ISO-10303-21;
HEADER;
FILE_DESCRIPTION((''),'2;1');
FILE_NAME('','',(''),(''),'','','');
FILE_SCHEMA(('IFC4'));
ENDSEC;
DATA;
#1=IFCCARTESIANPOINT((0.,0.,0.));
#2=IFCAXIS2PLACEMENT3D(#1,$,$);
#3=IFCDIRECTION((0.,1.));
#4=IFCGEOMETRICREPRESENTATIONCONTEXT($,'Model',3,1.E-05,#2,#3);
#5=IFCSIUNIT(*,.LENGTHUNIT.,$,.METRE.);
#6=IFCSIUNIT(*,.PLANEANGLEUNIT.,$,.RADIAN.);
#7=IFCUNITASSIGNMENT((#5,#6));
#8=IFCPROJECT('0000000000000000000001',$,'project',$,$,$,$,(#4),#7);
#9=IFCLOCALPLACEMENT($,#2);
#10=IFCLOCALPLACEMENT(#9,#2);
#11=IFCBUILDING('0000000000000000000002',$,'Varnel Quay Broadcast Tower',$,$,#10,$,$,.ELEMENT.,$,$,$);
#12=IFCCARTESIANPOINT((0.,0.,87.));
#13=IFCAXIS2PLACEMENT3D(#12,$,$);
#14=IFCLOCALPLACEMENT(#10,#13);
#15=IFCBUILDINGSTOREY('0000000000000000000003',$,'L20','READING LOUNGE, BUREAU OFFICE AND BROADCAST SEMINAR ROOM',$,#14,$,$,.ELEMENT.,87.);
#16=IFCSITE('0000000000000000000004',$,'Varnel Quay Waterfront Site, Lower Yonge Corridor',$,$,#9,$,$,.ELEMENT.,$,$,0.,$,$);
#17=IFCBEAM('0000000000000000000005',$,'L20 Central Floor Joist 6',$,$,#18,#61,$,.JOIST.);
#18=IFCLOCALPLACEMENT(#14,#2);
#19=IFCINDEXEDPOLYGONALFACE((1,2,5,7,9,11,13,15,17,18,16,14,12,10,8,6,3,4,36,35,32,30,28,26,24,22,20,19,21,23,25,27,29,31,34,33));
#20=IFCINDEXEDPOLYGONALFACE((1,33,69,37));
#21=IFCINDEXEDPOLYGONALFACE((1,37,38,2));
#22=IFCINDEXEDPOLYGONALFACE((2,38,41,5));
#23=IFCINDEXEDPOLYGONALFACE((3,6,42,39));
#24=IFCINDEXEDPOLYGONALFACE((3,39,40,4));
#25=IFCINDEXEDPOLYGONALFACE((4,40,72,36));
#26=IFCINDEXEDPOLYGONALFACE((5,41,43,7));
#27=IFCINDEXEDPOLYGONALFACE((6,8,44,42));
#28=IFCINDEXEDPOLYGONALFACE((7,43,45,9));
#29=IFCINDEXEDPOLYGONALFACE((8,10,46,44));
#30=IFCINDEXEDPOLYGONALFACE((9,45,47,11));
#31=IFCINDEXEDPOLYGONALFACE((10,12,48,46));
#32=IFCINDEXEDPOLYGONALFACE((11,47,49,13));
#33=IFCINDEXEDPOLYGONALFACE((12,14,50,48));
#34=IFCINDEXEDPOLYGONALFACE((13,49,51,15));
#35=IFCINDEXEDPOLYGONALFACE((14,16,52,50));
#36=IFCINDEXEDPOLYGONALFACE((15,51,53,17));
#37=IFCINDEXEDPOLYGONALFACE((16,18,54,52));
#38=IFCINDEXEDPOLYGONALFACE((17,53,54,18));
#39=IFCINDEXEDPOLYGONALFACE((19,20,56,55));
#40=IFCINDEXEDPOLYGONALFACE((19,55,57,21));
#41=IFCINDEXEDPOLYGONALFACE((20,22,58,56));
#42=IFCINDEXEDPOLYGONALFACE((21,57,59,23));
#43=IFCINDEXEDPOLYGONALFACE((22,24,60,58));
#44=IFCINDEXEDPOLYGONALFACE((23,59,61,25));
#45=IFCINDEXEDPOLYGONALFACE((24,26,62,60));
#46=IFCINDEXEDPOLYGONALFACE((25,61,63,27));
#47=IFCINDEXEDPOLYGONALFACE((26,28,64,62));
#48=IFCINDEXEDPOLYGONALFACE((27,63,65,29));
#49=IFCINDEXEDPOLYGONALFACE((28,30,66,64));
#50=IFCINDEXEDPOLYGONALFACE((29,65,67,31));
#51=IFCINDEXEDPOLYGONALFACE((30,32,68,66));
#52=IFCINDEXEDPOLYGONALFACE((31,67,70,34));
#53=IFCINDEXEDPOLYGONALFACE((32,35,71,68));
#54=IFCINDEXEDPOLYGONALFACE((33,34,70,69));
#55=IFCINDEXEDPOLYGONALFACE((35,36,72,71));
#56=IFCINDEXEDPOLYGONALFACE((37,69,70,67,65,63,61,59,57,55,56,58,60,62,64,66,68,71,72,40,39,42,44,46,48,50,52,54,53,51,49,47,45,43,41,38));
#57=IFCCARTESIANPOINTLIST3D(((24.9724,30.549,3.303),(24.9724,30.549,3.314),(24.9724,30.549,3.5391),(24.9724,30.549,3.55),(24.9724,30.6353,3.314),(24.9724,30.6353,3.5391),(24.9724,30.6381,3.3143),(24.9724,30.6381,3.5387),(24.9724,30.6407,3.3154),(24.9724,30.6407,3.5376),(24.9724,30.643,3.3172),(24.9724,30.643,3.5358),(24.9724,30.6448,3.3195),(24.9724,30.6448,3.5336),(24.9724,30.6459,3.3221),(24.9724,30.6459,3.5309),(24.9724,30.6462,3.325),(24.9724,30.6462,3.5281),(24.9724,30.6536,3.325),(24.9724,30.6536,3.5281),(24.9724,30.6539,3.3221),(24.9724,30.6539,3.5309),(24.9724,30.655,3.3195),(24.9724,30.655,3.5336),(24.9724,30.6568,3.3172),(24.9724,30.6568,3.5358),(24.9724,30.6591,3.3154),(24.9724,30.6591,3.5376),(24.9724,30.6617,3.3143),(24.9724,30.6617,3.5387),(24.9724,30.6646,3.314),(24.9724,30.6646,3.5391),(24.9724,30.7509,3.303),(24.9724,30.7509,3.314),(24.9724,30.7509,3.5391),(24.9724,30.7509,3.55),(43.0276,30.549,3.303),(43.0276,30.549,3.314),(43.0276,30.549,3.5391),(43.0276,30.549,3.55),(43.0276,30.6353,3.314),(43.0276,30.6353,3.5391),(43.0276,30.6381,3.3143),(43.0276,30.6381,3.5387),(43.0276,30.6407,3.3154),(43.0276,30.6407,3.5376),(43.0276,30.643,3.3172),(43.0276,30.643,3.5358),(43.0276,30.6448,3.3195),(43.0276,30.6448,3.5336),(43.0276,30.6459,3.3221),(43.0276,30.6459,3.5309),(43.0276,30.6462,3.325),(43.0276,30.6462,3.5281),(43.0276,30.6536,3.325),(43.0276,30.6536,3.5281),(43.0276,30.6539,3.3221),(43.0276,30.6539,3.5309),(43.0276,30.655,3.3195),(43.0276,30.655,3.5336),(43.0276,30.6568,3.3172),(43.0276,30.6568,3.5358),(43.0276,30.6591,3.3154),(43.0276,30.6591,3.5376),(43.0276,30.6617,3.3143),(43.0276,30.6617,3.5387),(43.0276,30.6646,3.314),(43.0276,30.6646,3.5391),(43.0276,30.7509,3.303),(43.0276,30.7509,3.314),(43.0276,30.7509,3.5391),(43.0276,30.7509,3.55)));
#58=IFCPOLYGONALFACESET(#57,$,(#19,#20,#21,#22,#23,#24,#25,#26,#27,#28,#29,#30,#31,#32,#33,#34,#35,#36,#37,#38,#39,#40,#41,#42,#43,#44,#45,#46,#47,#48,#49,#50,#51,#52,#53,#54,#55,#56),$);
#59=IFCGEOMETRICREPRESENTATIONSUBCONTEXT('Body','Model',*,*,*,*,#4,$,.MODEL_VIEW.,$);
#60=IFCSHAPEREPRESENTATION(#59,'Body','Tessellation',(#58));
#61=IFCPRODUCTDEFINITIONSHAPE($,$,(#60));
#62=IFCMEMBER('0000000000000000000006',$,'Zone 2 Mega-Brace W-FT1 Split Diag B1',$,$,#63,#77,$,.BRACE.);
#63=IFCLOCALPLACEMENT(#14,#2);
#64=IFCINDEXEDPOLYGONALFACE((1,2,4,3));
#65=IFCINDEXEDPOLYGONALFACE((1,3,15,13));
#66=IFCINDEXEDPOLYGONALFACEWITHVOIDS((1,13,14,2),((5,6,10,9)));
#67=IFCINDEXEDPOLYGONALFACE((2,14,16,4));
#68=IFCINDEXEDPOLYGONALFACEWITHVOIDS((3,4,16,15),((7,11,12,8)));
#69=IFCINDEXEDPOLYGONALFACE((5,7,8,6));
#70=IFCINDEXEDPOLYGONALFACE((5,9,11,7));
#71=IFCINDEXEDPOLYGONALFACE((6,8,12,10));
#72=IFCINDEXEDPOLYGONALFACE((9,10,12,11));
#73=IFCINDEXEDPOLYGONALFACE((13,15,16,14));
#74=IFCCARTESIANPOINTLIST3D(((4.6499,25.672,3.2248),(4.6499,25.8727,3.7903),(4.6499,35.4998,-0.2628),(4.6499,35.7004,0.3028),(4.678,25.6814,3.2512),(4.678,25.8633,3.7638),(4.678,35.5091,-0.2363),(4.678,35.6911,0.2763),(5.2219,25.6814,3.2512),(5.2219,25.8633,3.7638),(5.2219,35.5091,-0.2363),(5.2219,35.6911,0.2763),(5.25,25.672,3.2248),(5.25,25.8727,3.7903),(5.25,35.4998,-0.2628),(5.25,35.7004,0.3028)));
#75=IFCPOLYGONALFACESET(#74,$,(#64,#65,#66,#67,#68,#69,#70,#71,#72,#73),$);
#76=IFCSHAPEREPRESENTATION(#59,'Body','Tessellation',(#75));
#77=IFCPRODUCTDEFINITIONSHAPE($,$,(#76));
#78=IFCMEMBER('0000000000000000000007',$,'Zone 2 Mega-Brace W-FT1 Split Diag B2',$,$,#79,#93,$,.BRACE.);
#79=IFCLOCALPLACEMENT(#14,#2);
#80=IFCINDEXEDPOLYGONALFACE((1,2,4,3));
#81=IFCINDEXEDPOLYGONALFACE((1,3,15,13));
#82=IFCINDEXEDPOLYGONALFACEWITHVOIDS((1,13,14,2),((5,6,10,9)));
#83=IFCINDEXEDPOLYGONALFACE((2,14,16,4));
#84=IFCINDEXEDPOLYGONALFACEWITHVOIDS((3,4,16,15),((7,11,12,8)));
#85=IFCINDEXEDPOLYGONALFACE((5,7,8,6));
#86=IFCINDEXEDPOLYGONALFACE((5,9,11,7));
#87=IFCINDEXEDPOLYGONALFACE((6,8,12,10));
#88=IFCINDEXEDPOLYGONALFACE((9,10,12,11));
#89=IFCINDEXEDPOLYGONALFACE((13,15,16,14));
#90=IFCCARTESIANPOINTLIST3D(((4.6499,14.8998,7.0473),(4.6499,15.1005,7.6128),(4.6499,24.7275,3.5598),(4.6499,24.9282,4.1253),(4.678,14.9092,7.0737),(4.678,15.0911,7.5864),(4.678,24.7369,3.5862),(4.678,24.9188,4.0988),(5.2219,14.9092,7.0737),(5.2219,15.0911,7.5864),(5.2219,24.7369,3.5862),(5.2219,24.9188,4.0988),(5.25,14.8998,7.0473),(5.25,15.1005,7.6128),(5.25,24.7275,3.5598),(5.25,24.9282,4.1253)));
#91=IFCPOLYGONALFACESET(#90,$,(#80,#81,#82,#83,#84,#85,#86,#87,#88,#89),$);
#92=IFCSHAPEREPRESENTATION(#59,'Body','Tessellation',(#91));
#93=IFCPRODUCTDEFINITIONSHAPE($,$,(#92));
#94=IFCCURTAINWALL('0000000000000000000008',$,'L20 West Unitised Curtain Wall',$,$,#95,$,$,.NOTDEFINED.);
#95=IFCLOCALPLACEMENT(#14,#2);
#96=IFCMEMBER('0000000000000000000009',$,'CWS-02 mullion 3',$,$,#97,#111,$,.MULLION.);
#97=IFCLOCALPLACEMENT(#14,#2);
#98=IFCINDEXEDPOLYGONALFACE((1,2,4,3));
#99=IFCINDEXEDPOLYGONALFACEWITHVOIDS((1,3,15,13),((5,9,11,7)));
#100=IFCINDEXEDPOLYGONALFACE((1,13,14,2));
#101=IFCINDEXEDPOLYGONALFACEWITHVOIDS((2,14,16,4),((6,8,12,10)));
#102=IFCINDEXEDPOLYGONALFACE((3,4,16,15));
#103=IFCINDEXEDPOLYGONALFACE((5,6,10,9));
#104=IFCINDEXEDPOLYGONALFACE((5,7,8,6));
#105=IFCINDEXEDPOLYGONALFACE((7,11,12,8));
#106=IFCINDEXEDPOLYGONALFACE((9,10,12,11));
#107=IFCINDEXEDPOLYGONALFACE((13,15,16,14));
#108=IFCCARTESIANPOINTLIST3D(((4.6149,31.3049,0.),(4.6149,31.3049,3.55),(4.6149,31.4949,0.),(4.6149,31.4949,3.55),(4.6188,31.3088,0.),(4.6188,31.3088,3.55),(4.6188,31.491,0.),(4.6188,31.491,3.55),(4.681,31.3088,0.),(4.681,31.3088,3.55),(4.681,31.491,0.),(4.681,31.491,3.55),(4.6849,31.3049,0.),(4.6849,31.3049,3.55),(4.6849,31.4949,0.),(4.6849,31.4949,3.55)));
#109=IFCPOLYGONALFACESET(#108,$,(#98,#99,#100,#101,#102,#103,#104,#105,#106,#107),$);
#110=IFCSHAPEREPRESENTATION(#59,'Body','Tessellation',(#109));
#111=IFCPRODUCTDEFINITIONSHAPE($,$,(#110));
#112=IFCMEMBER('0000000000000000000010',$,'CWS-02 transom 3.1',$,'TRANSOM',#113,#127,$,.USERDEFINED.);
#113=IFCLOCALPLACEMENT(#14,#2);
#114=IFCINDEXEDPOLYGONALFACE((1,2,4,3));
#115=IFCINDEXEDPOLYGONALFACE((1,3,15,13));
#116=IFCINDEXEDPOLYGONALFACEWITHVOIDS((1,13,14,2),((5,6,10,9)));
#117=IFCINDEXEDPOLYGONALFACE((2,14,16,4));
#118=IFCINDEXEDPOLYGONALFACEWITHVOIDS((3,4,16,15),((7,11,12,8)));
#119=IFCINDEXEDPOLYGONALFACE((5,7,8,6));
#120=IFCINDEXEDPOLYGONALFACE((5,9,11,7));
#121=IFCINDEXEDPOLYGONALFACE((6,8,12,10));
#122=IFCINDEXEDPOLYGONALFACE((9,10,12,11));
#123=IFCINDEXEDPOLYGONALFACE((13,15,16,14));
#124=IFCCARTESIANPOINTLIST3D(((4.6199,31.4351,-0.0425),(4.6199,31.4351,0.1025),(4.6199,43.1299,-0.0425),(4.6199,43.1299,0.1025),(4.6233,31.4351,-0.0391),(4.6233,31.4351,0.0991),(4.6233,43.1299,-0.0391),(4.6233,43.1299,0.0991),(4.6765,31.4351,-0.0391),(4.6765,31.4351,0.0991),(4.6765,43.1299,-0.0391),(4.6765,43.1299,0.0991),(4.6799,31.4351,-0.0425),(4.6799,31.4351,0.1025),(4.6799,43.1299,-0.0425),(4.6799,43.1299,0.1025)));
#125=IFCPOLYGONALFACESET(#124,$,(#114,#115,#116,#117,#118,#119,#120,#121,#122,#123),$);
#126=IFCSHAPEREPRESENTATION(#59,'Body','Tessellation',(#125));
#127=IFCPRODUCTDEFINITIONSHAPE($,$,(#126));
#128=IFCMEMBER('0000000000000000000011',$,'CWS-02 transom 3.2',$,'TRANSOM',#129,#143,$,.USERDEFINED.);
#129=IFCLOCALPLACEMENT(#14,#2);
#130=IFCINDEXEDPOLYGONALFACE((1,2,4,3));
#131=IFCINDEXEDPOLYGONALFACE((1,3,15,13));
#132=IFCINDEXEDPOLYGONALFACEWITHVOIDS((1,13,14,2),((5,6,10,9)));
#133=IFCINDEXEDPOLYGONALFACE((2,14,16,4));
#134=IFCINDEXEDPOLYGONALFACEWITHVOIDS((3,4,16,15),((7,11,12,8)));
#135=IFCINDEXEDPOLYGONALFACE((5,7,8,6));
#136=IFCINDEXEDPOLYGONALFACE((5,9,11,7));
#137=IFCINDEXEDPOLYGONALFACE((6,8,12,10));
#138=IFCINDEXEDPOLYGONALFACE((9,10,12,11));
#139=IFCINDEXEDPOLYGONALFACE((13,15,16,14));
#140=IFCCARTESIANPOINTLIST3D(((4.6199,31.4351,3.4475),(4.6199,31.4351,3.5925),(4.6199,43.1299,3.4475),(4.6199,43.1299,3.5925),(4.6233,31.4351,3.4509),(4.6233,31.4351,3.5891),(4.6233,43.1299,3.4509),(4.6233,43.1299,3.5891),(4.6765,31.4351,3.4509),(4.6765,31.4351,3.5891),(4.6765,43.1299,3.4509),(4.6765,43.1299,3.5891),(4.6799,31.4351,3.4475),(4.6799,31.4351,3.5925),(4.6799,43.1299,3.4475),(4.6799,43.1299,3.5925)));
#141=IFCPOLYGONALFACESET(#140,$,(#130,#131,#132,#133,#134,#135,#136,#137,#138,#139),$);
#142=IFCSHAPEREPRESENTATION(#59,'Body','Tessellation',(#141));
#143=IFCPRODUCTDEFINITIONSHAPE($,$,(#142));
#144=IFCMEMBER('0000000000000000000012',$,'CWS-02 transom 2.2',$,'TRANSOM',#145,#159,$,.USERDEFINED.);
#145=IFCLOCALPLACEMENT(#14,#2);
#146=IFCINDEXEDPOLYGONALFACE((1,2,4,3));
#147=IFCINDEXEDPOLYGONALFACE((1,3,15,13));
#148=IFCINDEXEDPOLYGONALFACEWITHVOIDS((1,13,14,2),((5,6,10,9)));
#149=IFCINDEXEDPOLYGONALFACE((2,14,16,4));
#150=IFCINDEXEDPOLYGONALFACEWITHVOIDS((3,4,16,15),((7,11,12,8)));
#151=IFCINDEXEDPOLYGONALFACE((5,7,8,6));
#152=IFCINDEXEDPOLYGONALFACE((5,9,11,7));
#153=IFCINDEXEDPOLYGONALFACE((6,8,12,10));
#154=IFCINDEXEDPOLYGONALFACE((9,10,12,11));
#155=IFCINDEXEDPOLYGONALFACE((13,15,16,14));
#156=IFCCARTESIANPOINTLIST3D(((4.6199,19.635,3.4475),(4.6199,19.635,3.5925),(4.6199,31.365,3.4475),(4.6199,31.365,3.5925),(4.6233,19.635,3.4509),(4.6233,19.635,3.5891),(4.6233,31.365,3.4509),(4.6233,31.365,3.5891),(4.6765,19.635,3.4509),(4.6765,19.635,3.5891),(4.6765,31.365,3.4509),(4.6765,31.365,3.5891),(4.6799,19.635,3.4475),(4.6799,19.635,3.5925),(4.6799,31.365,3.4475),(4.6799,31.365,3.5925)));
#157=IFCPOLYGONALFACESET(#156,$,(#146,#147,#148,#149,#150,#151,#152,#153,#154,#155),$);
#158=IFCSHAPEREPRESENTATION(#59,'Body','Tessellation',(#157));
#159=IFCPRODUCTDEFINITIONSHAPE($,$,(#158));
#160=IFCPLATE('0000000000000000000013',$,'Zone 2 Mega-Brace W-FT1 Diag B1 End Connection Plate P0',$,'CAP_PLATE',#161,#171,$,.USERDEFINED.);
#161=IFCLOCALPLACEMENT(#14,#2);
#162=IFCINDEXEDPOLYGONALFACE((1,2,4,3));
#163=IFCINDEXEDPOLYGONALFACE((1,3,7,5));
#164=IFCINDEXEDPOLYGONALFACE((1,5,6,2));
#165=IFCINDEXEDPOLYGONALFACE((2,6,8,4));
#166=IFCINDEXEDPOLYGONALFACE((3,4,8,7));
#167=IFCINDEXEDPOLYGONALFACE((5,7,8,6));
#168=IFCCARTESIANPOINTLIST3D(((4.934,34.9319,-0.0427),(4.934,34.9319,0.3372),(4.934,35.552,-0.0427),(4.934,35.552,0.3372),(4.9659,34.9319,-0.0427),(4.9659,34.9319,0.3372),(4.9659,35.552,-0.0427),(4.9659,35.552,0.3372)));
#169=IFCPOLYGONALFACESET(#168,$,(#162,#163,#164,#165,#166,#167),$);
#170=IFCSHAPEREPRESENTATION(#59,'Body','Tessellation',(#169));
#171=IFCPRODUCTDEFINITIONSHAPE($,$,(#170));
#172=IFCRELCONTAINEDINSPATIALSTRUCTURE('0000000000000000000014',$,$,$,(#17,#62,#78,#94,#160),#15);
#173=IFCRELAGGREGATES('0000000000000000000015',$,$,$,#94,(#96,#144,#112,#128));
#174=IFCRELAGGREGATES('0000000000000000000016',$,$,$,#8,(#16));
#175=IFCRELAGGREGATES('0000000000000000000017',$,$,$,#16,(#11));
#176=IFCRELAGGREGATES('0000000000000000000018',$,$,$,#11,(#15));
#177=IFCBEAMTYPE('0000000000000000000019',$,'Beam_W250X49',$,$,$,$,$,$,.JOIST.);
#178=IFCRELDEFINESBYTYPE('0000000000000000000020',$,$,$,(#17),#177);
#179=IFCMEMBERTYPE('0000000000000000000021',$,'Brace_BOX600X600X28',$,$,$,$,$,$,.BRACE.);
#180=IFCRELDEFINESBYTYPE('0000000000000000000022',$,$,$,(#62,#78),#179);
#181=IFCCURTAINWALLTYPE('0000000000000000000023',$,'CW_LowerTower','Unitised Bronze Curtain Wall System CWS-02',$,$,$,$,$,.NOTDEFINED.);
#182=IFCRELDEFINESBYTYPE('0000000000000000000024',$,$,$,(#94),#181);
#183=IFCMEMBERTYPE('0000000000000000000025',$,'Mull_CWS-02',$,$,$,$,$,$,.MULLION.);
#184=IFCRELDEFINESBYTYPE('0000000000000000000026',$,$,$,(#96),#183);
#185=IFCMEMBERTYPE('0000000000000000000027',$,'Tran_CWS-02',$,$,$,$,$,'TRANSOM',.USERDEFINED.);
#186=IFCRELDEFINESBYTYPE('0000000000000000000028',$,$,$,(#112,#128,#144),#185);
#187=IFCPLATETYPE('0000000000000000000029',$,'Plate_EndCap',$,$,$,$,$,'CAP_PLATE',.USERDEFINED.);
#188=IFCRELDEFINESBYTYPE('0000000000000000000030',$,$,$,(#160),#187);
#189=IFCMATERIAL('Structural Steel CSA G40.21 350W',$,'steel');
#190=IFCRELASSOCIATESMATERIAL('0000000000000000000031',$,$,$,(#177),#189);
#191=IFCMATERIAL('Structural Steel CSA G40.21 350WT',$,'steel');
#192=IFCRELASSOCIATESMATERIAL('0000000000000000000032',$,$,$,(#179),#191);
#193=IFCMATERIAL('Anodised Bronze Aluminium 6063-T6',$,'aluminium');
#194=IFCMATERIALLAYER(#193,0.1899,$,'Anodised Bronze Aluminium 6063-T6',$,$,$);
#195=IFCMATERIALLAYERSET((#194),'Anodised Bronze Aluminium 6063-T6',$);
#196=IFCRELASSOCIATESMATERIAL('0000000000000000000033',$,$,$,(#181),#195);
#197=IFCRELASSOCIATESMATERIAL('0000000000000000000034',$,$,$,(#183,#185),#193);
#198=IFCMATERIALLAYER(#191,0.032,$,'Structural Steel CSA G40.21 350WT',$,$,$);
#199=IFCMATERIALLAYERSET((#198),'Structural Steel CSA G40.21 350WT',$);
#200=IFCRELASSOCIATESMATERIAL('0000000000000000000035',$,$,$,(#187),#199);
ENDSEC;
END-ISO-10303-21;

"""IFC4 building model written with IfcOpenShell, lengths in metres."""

from ifc_helpers import new_model, si_unit, direction, frame, origin, origin_2d, place, context, subcontext, project, spatial, rectangle, hollow_rectangle, i_section, extrude, source, transform, mapped, material, layer, layer_set, material_profile, profile_set, type_object, type_shapes, element, aggregate, save


model = new_model("IFC4")

# Units and contexts
model_context = context("Model", 3, precision=1e-05, world=origin(), true_north=direction((0.0, 1.0)))
body_context = subcontext(model_context, "Body", "Model", "MODEL_VIEW")
ifc_project = project(units=[si_unit("LENGTHUNIT", "METRE"), si_unit("PLANEANGLEUNIT", "RADIAN")], contexts=[model_context])

# Site, building, storey
site_placement = place(None, origin())
site = spatial("IfcSite", under=ifc_project, at=site_placement, Name="Varnel Quay Waterfront Site, Lower Yonge Corridor", CompositionType="ELEMENT", RefElevation=0.0)
building_placement = place(site_placement, origin())
building = spatial("IfcBuilding", under=site, at=building_placement, Name="Varnel Quay Broadcast Tower", CompositionType="ELEMENT")
storey_placement = place(building_placement, frame((0.0, 0.0, 87.0)))
storey = spatial("IfcBuildingStorey", under=building, at=storey_placement, Name="L20", Description="READING LOUNGE, BUREAU OFFICE AND BROADCAST SEMINAR ROOM", CompositionType="ELEMENT", Elevation=87.0)

# Shared definitions
ifc_material_1 = material(Name="Structural Steel CSA G40.21 350WT", Category="steel")
ifc_material_2 = material(Name="Structural Steel CSA G40.21 350W", Category="steel")

# Beam
ifc_material_profile_1 = material_profile(ifc_material_2, i_section(OverallWidth=0.2019, OverallDepth=0.2471, WebThickness=0.0073, FlangeThickness=0.011, FilletRadius=0.011, at=origin_2d()), Name="W250X49")
ifc_profile_set_1 = profile_set([ifc_material_profile_1], Name="Structural Steel CSA G40.21 350W")
beam_type_1 = type_object("IfcBeamType", Name="Beam_W250X49", PredefinedType="JOIST", material=ifc_profile_set_1)
shared_shape_1 = source(origin(), body_context, "Body", "SweptSolid", [
    extrude(i_section(OverallWidth=0.2019, OverallDepth=0.2471, WebThickness=0.0073, FlangeThickness=0.011, FilletRadius=0.011, at=origin_2d()), origin(), (0.0, 0.0, 1.0), 18.0552),
])
for number, where, z_axis, x_axis, name in (
    (1, (24.9724, 30.6499, 3.4265), (1.0, 0.0, 0.0), (0.0, 1.0, 0.0), "L20 Central Floor Joist 6"),
):
    element("IfcBeam", number, at=place(storey_placement, frame(where, z_axis=z_axis, x_axis=x_axis)), inside=storey, type_object=beam_type_1, Name=name, PredefinedType="JOIST", context=body_context, shape_type="MappedRepresentation", body=[
        mapped(shared_shape_1, transform((0.0, 0.0, 0.0), x_axis=(1.0, 0.0, 0.0), y_axis=(0.0, 1.0, 0.0), z_axis=(0.0, 0.0, 1.0), scale=1.0)),
    ])

# Members
ifc_material_profile_2 = material_profile(ifc_material_1, hollow_rectangle(XDim=0.6001, YDim=0.6001, WallThickness=0.0281, at=origin_2d()), Name="BOX600X600X28")
ifc_profile_set_2 = profile_set([ifc_material_profile_2], Name="Structural Steel CSA G40.21 350WT")
member_type_1 = type_object("IfcMemberType", Name="Brace_BOX600X600X28", PredefinedType="BRACE", material=ifc_profile_set_2)
shared_shape_2 = source(origin(), body_context, "Body", "SweptSolid", [
    extrude(hollow_rectangle(XDim=0.6001, YDim=0.6001, WallThickness=0.0281, at=origin_2d()), origin(), (0.0, 0.0, 1.0), 10.4282),
])
type_shapes(member_type_1, [shared_shape_2])
for number, where, z_axis, x_axis, name in (
    (2, (4.95, 35.6001, 0.02), (0.0, -0.942421, 0.33443), (1.0, 0.0, 0.0), "Zone 2 Mega-Brace W-FT1 Split Diag B1"),
    (3, (4.95, 24.8279, 3.8425), (0.0, -0.942421, 0.33443), (1.0, 0.0, 0.0), "Zone 2 Mega-Brace W-FT1 Split Diag B2"),
):
    element("IfcMember", number, at=place(storey_placement, frame(where, z_axis=z_axis, x_axis=x_axis)), inside=storey, type_object=member_type_1, Name=name, PredefinedType="BRACE", context=body_context, shape_type="MappedRepresentation", body=[
        mapped(shared_shape_2, transform((0.0, 0.0, 0.0), x_axis=(1.0, 0.0, 0.0), y_axis=(0.0, 1.0, 0.0), z_axis=(0.0, 0.0, 1.0), scale=1.0)),
    ])

# Curtain wall, members
ifc_material_3 = material(Name="Anodised Bronze Aluminium 6063-T6", Category="aluminium")
ifc_layer_1 = layer(ifc_material_3, 0.1899, Name="Anodised Bronze Aluminium 6063-T6")
ifc_layer_set_1 = layer_set([ifc_layer_1], Name="Anodised Bronze Aluminium 6063-T6")
curtain_wall_type = type_object("IfcCurtainWallType", Name="CW_LowerTower", Description="Unitised Bronze Curtain Wall System CWS-02", PredefinedType="NOTDEFINED", material=ifc_layer_set_1)
curtain_wall_placement = place(storey_placement, origin())
curtain_wall = element("IfcCurtainWall", 4, at=curtain_wall_placement, inside=storey, type_object=curtain_wall_type, Name="L20 West Unitised Curtain Wall", PredefinedType="NOTDEFINED")
ifc_material_profile_3 = material_profile(ifc_material_3, hollow_rectangle(XDim=0.0701, YDim=0.1899, WallThickness=0.0039, at=origin_2d()), Name="ALU70X190X4")
ifc_profile_set_3 = profile_set([ifc_material_profile_3], Name="Anodised Bronze Aluminium 6063-T6")
member_type_2 = type_object("IfcMemberType", Name="Mull_CWS-02", PredefinedType="MULLION", material=ifc_profile_set_3)
shared_shape_3 = source(origin(), body_context, "Body", "SweptSolid", [
    extrude(hollow_rectangle(XDim=0.0701, YDim=0.1899, WallThickness=0.0039, at=origin_2d()), origin(), (0.0, 0.0, 1.0), 3.55),
])
type_shapes(member_type_2, [shared_shape_3])
member_1_placement = place(storey_placement, frame((4.6499, 31.3999, 0.0), z_axis=(0.0, 0.0, 1.0), x_axis=(-1.0, 0.0, 0.0)))
member_1 = element("IfcMember", 5, at=member_1_placement, type_object=member_type_2, Name="CWS-02 mullion 3", PredefinedType="MULLION", context=body_context, shape_type="MappedRepresentation", body=[
    mapped(shared_shape_3, transform((0.0, 0.0, 0.0), x_axis=(1.0, 0.0, 0.0), y_axis=(0.0, 1.0, 0.0), z_axis=(0.0, 0.0, 1.0), scale=1.0)),
])
ifc_material_profile_4 = material_profile(ifc_material_3, hollow_rectangle(XDim=0.0601, YDim=0.145, WallThickness=0.0034, at=origin_2d()), Name="ALU60X145X3.5")
ifc_profile_set_4 = profile_set([ifc_material_profile_4], Name="Anodised Bronze Aluminium 6063-T6")
member_type_3 = type_object("IfcMemberType", Name="Tran_CWS-02", ElementType="TRANSOM", PredefinedType="USERDEFINED", material=ifc_profile_set_4)
shared_shape_4 = source(origin(), body_context, "Body", "SweptSolid", [
    extrude(hollow_rectangle(XDim=0.0601, YDim=0.145, WallThickness=0.0034, at=origin_2d()), origin(), (0.0, 0.0, 1.0), 11.6948),
])
member_2_placement = place(storey_placement, frame((4.6499, 31.4351, 0.03), z_axis=(0.0, 1.0, 0.0), x_axis=(-1.0, 0.0, 0.0)))
member_2 = element("IfcMember", 6, at=member_2_placement, type_object=member_type_3, Name="CWS-02 transom 3.1", ObjectType="TRANSOM", PredefinedType="USERDEFINED", context=body_context, shape_type="MappedRepresentation", body=[
    mapped(shared_shape_4, transform((0.0, 0.0, 0.0), x_axis=(1.0, 0.0, 0.0), y_axis=(0.0, 1.0, 0.0), z_axis=(0.0, 0.0, 1.0), scale=1.0)),
])
member_3_placement = place(storey_placement, frame((4.6499, 31.4351, 3.52), z_axis=(0.0, 1.0, 0.0), x_axis=(-1.0, 0.0, 0.0)))
member_3 = element("IfcMember", 7, at=member_3_placement, type_object=member_type_3, Name="CWS-02 transom 3.2", ObjectType="TRANSOM", PredefinedType="USERDEFINED", context=body_context, shape_type="MappedRepresentation", body=[
    mapped(shared_shape_4, transform((0.0, 0.0, 0.0), x_axis=(1.0, 0.0, 0.0), y_axis=(0.0, 1.0, 0.0), z_axis=(0.0, 0.0, 1.0), scale=1.0)),
])
shared_shape_5 = source(origin(), body_context, "Body", "SweptSolid", [
    extrude(hollow_rectangle(XDim=0.0601, YDim=0.145, WallThickness=0.0034, at=origin_2d()), origin(), (0.0, 0.0, 1.0), 11.73),
])
type_shapes(member_type_3, [shared_shape_4, shared_shape_5])
member_4_placement = place(storey_placement, frame((4.6499, 19.635, 3.52), z_axis=(0.0, 1.0, 0.0), x_axis=(-1.0, 0.0, 0.0)))
member_4 = element("IfcMember", 8, at=member_4_placement, type_object=member_type_3, Name="CWS-02 transom 2.2", ObjectType="TRANSOM", PredefinedType="USERDEFINED", context=body_context, shape_type="MappedRepresentation", body=[
    mapped(shared_shape_5, transform((0.0, 0.0, 0.0), x_axis=(1.0, 0.0, 0.0), y_axis=(0.0, 1.0, 0.0), z_axis=(0.0, 0.0, 1.0), scale=1.0)),
])

# Plate
ifc_layer_2 = layer(ifc_material_1, 0.032, Name="Structural Steel CSA G40.21 350WT")
ifc_layer_set_2 = layer_set([ifc_layer_2], Name="Structural Steel CSA G40.21 350WT")
plate_type_1 = type_object("IfcPlateType", Name="Plate_EndCap", ElementType="CAP_PLATE", PredefinedType="USERDEFINED", material=ifc_layer_set_2)
shared_shape_6 = source(origin(), body_context, "Body", "SweptSolid", [
    extrude(rectangle(XDim=0.6201, YDim=0.032, at=origin_2d()), origin(), (0.0, 0.0, 1.0), 0.3799),
])
type_shapes(plate_type_1, [shared_shape_6])
for number, where, z_axis, x_axis, name in (
    (9, (4.95, 35.2419, -0.0427), (0.0, 0.0, 1.0), (0.0, 1.0, 0.0), "Zone 2 Mega-Brace W-FT1 Diag B1 End Connection Plate P0"),
):
    element("IfcPlate", number, at=place(storey_placement, frame(where, z_axis=z_axis, x_axis=x_axis)), inside=storey, type_object=plate_type_1, Name=name, ObjectType="CAP_PLATE", PredefinedType="USERDEFINED", context=body_context, shape_type="MappedRepresentation", body=[
        mapped(shared_shape_6, transform((0.0, 0.0, 0.0), x_axis=(1.0, 0.0, 0.0), y_axis=(0.0, 1.0, 0.0), z_axis=(0.0, 0.0, 1.0), scale=1.0)),
    ])

aggregate(curtain_wall, [member_1, member_4, member_2, member_3])

save(model, "model.ifc")
